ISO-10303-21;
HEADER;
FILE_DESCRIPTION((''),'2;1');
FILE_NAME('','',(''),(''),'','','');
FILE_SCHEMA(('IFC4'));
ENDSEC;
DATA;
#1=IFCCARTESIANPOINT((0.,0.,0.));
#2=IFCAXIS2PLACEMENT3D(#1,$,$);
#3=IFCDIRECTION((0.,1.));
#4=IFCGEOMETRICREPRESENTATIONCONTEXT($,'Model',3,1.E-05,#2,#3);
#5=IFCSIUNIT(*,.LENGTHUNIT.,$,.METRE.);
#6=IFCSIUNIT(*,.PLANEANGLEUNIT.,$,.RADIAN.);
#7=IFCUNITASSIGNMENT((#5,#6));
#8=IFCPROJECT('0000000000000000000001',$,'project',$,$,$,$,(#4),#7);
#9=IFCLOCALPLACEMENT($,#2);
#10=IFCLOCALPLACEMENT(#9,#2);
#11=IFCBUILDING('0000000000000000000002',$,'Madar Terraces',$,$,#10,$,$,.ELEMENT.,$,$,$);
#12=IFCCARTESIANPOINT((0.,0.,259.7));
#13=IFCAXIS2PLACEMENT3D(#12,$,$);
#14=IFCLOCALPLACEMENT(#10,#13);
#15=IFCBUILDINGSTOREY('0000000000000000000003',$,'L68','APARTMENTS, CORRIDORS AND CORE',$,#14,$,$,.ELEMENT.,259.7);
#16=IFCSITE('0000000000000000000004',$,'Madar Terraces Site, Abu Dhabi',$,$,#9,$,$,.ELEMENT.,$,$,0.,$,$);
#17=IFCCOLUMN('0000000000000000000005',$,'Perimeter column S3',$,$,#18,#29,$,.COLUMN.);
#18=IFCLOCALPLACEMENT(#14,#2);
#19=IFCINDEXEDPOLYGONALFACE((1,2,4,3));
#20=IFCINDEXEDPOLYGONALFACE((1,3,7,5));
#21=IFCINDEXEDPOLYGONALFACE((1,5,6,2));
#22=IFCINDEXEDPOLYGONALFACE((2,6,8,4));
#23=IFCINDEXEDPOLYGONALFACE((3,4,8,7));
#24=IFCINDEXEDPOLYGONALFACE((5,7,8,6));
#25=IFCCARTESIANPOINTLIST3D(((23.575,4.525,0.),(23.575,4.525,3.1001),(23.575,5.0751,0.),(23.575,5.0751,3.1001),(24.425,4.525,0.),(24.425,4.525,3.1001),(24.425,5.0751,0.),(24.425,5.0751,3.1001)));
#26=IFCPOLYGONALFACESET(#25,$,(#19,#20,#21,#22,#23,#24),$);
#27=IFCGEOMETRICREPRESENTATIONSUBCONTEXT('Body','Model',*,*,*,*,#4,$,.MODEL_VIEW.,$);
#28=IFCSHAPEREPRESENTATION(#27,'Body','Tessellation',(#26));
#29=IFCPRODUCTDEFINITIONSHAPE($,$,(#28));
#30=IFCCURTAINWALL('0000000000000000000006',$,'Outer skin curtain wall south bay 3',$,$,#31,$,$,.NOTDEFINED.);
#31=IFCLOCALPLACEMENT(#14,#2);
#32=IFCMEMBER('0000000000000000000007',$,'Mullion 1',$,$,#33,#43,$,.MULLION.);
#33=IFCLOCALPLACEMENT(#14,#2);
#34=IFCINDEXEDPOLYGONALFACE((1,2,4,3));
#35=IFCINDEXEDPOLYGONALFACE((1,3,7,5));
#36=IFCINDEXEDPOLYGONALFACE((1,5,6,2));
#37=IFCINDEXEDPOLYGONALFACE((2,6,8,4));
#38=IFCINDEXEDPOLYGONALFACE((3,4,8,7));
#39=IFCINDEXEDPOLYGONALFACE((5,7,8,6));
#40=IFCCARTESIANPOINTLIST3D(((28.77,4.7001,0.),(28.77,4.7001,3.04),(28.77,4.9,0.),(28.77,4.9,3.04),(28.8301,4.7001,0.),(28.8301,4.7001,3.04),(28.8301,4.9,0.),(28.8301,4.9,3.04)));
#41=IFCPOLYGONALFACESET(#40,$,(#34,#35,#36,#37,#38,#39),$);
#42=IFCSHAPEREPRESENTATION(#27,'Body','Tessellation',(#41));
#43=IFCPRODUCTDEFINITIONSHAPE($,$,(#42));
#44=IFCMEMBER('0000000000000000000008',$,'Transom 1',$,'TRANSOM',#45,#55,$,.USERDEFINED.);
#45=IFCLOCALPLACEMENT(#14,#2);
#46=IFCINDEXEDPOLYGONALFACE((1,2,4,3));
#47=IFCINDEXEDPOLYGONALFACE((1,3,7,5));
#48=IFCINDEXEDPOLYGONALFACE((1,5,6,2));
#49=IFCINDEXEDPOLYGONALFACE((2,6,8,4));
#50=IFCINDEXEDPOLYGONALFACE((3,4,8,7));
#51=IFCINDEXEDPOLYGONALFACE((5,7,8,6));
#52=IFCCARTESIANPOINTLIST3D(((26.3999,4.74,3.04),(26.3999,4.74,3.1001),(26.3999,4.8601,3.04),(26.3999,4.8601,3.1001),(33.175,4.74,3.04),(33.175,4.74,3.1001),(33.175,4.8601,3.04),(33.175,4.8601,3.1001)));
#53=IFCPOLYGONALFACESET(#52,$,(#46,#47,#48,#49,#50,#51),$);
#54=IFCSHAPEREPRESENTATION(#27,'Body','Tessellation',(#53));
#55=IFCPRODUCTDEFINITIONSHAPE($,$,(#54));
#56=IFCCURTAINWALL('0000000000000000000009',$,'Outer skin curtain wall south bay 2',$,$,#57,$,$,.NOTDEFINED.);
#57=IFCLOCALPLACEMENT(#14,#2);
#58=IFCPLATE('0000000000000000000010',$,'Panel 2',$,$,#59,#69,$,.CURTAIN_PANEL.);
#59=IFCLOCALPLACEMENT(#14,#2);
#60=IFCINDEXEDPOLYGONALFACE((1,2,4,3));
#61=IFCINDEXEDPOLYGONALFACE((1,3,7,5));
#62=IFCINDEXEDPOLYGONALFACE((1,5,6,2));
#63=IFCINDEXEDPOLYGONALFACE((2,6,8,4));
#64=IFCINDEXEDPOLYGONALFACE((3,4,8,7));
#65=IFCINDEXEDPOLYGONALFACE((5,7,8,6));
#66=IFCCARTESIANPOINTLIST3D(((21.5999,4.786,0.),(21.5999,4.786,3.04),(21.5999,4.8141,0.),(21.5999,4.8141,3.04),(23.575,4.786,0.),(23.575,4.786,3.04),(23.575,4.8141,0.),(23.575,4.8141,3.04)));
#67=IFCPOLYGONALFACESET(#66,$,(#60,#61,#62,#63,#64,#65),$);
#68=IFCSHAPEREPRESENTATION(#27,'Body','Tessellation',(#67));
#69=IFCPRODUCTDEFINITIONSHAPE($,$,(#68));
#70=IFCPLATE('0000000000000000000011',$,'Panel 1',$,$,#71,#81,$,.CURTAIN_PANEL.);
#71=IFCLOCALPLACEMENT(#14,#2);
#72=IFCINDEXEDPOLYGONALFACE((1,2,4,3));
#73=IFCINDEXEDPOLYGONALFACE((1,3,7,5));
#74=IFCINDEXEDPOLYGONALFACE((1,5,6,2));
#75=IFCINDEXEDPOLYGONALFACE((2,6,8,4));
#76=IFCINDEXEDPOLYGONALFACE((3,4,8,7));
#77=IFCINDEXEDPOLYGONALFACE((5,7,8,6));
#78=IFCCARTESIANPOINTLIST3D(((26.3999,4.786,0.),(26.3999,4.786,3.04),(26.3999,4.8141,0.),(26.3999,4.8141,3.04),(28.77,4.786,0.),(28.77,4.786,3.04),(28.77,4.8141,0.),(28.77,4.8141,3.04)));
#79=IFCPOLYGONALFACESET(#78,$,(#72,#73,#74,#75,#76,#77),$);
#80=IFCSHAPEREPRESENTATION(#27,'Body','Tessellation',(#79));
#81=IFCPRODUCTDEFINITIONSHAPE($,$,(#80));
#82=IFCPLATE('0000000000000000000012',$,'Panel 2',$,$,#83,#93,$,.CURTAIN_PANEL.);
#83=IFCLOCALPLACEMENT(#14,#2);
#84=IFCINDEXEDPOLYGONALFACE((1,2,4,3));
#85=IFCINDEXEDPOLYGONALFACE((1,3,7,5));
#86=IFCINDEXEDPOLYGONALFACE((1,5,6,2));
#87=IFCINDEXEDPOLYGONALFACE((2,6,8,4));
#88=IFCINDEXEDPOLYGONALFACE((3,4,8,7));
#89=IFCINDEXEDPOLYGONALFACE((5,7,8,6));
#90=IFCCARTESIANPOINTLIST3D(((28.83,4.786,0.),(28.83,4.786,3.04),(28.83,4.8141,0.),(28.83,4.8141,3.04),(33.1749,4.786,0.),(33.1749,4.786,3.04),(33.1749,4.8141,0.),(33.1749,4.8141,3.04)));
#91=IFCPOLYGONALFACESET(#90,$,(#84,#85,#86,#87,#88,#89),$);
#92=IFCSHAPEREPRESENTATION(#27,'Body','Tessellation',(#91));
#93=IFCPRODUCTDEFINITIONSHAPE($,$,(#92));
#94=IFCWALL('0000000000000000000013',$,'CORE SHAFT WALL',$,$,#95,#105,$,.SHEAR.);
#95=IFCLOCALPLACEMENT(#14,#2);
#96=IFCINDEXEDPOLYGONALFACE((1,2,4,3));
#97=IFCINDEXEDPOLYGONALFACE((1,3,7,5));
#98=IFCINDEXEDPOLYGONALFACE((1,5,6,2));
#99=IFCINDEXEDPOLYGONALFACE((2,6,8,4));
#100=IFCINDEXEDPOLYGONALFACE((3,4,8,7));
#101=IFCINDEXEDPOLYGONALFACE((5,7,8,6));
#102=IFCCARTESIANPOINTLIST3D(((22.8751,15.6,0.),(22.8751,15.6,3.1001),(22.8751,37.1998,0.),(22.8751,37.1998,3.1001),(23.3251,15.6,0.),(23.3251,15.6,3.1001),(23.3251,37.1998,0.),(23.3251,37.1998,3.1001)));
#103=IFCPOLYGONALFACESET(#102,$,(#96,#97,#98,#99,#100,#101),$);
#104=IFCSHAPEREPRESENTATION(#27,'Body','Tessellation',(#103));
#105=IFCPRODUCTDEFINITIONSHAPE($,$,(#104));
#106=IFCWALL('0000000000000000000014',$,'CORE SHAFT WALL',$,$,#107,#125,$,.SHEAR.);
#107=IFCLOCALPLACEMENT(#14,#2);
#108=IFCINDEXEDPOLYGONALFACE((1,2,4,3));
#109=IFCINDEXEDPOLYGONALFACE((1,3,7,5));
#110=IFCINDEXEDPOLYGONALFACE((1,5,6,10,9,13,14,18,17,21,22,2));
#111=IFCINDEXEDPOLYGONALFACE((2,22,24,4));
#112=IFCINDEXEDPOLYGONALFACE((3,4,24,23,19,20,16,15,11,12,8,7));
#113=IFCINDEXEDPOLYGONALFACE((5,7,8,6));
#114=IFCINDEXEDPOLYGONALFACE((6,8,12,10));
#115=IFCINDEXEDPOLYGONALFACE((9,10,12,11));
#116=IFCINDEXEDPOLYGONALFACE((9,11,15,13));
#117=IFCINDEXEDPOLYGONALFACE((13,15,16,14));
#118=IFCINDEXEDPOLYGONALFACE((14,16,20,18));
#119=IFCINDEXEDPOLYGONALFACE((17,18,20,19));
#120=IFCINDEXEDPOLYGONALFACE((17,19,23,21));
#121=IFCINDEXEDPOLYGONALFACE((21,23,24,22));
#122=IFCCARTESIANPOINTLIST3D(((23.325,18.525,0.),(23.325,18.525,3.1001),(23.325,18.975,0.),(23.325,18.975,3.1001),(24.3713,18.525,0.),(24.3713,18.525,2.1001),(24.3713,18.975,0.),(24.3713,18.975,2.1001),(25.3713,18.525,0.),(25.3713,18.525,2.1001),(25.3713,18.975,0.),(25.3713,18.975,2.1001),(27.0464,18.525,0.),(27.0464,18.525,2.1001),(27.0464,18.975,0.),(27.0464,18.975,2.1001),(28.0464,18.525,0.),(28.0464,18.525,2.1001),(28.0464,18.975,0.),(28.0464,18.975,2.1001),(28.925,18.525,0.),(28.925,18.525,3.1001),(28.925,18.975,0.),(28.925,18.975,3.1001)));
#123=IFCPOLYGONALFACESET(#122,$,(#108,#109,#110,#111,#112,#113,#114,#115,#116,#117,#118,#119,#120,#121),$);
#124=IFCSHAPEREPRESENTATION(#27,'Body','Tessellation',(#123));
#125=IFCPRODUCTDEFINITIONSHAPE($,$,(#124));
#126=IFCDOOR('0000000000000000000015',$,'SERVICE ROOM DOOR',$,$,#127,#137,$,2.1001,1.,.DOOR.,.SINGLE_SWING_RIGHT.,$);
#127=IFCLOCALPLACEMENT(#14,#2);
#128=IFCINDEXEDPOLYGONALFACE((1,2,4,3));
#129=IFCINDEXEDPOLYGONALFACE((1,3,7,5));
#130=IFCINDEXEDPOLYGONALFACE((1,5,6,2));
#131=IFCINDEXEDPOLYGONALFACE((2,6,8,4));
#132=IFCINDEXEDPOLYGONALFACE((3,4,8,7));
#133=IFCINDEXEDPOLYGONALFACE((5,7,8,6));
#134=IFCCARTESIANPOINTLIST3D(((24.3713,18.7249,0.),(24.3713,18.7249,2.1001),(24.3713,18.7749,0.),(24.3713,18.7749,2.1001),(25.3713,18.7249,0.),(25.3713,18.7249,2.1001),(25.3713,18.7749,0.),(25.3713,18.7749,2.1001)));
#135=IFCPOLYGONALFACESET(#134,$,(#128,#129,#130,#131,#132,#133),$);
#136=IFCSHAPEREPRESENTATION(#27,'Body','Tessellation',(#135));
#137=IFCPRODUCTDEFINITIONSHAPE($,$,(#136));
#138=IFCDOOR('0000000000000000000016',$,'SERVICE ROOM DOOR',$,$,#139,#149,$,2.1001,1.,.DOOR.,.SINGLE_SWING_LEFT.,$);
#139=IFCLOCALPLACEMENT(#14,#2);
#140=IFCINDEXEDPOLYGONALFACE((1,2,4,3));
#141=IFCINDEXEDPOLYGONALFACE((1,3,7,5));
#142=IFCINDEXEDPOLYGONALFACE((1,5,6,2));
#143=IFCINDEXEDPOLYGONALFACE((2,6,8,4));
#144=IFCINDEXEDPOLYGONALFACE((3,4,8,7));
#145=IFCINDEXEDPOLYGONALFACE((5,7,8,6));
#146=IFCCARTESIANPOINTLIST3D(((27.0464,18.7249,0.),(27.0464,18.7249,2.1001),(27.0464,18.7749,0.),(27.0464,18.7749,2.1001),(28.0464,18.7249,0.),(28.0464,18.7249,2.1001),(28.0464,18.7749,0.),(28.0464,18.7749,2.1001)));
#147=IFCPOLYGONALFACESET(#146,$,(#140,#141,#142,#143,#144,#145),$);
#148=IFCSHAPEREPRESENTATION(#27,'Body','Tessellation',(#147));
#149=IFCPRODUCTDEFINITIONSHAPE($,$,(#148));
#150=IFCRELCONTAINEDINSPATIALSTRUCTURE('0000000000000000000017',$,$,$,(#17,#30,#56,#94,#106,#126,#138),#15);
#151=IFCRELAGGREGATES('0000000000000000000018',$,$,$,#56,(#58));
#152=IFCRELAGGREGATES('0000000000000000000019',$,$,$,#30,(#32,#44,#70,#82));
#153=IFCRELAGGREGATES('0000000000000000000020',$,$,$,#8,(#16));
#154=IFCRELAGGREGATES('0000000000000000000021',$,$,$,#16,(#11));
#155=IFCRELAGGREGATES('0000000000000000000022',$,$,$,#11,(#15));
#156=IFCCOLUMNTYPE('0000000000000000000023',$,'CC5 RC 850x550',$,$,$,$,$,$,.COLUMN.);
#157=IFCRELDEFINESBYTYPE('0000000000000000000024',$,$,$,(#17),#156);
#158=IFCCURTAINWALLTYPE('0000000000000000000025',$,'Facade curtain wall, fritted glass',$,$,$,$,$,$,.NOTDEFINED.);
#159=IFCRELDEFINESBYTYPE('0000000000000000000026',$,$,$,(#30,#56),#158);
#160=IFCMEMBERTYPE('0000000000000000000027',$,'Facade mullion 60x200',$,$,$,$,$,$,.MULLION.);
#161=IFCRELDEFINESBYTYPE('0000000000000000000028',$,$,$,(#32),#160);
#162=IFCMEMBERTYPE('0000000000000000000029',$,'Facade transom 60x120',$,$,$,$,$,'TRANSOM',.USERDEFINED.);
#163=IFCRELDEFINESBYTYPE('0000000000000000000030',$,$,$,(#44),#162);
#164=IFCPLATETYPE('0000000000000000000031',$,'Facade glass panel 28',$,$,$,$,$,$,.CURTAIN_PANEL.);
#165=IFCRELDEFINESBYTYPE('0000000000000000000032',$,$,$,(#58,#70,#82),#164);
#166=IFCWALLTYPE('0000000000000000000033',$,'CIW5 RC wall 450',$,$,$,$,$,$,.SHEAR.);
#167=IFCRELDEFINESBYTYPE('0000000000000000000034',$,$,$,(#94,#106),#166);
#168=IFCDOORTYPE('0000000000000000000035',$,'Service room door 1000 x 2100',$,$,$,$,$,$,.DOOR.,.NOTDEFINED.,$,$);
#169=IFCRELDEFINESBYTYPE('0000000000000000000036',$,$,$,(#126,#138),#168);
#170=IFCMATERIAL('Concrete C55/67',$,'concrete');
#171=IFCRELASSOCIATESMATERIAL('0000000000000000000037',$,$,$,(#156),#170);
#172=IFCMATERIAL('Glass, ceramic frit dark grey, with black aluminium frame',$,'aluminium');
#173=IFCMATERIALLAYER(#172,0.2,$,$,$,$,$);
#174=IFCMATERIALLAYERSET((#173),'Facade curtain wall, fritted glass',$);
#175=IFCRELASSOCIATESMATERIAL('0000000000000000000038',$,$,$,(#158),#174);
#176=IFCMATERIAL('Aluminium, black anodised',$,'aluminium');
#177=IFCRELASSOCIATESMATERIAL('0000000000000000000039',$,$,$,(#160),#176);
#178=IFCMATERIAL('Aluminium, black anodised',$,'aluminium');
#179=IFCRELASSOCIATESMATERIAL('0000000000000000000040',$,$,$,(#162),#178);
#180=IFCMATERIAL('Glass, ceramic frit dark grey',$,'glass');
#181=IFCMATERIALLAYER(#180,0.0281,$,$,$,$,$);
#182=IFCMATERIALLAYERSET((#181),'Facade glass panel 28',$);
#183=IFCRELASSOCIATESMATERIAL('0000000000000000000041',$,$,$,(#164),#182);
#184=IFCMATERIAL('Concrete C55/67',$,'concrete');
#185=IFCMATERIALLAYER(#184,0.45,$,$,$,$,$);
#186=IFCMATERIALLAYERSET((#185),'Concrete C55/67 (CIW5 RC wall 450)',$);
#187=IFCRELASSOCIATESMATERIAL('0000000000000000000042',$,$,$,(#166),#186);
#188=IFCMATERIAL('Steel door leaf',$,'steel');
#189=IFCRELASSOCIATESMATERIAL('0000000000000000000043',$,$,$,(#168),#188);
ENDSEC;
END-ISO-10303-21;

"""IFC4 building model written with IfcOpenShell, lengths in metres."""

from ifc_helpers import new_model, si_unit, direction, frame, frame_2d, origin, origin_2d, place, context, subcontext, project, spatial, rectangle, extrude, material, layer, layer_set, material_profile, profile_set, type_object, element, fill, aggregate, save


model = new_model("IFC4")

# Units and contexts
model_context = context("Model", 3, precision=1e-05, world=origin(), true_north=direction((0.0, 1.0)))
body_context = subcontext(model_context, "Body", "Model", "MODEL_VIEW")
ifc_project = project(units=[si_unit("LENGTHUNIT", "METRE"), si_unit("PLANEANGLEUNIT", "RADIAN")], contexts=[model_context])

# Site, building, storey
site_placement = place(None, origin())
site = spatial("IfcSite", under=ifc_project, at=site_placement, Name="Madar Terraces Site, Abu Dhabi", CompositionType="ELEMENT", RefElevation=0.0)
building_placement = place(site_placement, origin())
building = spatial("IfcBuilding", under=site, at=building_placement, Name="Madar Terraces", CompositionType="ELEMENT")
storey_placement = place(building_placement, frame((0.0, 0.0, 259.7)))
storey = spatial("IfcBuildingStorey", under=building, at=storey_placement, Name="L68", Description="APARTMENTS, CORRIDORS AND CORE", CompositionType="ELEMENT", Elevation=259.7)

# Column
ifc_material_1 = material(Name="Concrete C55/67", Category="concrete")
ifc_material_profile_1 = material_profile(ifc_material_1, rectangle(XDim=0.8501, YDim=0.55, at=origin_2d()), Name="CC5 RC 850x550")
ifc_profile_set_1 = profile_set([ifc_material_profile_1], Name="Concrete C55/67")
column_type = type_object("IfcColumnType", Name="CC5 RC 850x550", PredefinedType="COLUMN", material=ifc_profile_set_1)
column_placement = place(storey_placement, frame((24.0, 4.8, 0.0), z_axis=(0.0, 0.0, 1.0), x_axis=(1.0, 0.0, 0.0)))
element("IfcColumn", 1, at=column_placement, inside=storey, type_object=column_type, Name="Perimeter column S3", PredefinedType="COLUMN", context=body_context, shape_type="SweptSolid", body=[
    extrude(rectangle(XDim=0.8501, YDim=0.55, at=origin_2d()), origin(), (0.0, 0.0, 1.0), 3.1001),
])

# Curtain wall, members
ifc_material_2 = material(Name="Glass, ceramic frit dark grey, with black aluminium frame", Category="aluminium")
ifc_layer_1 = layer(ifc_material_2, 0.2)
ifc_layer_set_1 = layer_set([ifc_layer_1], Name="Facade curtain wall, fritted glass")
curtain_wall_type = type_object("IfcCurtainWallType", Name="Facade curtain wall, fritted glass", PredefinedType="NOTDEFINED", material=ifc_layer_set_1)
curtain_wall_1_placement = place(storey_placement, origin())
curtain_wall_1 = element("IfcCurtainWall", 2, at=curtain_wall_1_placement, inside=storey, type_object=curtain_wall_type, Name="Outer skin curtain wall south bay 3", PredefinedType="NOTDEFINED")
ifc_material_3 = material(Name="Aluminium, black anodised", Category="aluminium")
ifc_material_profile_2 = material_profile(ifc_material_3, rectangle(XDim=0.2, YDim=0.0601, at=origin_2d()), Name="Facade mullion 60x200")
ifc_profile_set_2 = profile_set([ifc_material_profile_2], Name="Aluminium, black anodised")
member_type_1 = type_object("IfcMemberType", Name="Facade mullion 60x200", PredefinedType="MULLION", material=ifc_profile_set_2)
member_1_placement = place(storey_placement, frame((28.8, 4.8, 0.0), z_axis=(0.0, 0.0, 1.0), x_axis=(0.0, 1.0, 0.0)))
member_1 = element("IfcMember", 3, at=member_1_placement, type_object=member_type_1, Name="Mullion 1", PredefinedType="MULLION", context=body_context, shape_type="SweptSolid", body=[
    extrude(rectangle(XDim=0.2, YDim=0.0601, at=origin_2d()), origin(), (0.0, 0.0, 1.0), 3.04),
])
ifc_material_4 = material(Name="Aluminium, black anodised", Category="aluminium")
ifc_material_profile_3 = material_profile(ifc_material_4, rectangle(XDim=0.1201, YDim=0.0601, at=origin_2d()), Name="Facade transom 60x120")
ifc_profile_set_3 = profile_set([ifc_material_profile_3], Name="Aluminium, black anodised")
member_type_2 = type_object("IfcMemberType", Name="Facade transom 60x120", ElementType="TRANSOM", PredefinedType="USERDEFINED", material=ifc_profile_set_3)
member_2_placement = place(storey_placement, frame((26.3999, 4.8, 3.0701), z_axis=(1.0, 0.0, 0.0), x_axis=(0.0, 1.0, 0.0)))
member_2 = element("IfcMember", 4, at=member_2_placement, type_object=member_type_2, Name="Transom 1", ObjectType="TRANSOM", PredefinedType="USERDEFINED", context=body_context, shape_type="SweptSolid", body=[
    extrude(rectangle(XDim=0.1201, YDim=0.0601, at=origin_2d()), origin(), (0.0, 0.0, 1.0), 6.7751),
])

# Curtain wall, plate
curtain_wall_2_placement = place(storey_placement, origin())
curtain_wall_2 = element("IfcCurtainWall", 5, at=curtain_wall_2_placement, inside=storey, type_object=curtain_wall_type, Name="Outer skin curtain wall south bay 2", PredefinedType="NOTDEFINED")
ifc_material_5 = material(Name="Glass, ceramic frit dark grey", Category="glass")
ifc_layer_2 = layer(ifc_material_5, 0.0281)
ifc_layer_set_2 = layer_set([ifc_layer_2], Name="Facade glass panel 28")
plate_type = type_object("IfcPlateType", Name="Facade glass panel 28", PredefinedType="CURTAIN_PANEL", material=ifc_layer_set_2)
plate_1_placement = place(storey_placement, frame((22.5874, 4.8, 0.0), z_axis=(0.0, 0.0, 1.0), x_axis=(1.0, 0.0, 0.0)))
plate_1 = element("IfcPlate", 6, at=plate_1_placement, type_object=plate_type, Name="Panel 2", PredefinedType="CURTAIN_PANEL", context=body_context, shape_type="SweptSolid", body=[
    extrude(rectangle(XDim=1.9751, YDim=0.0281, at=origin_2d()), origin(), (0.0, 0.0, 1.0), 3.04),
])
aggregate(curtain_wall_2, [plate_1])

# Plates
plate_2_placement = place(storey_placement, frame((27.585, 4.8, 0.0), z_axis=(0.0, 0.0, 1.0), x_axis=(1.0, 0.0, 0.0)))
plate_2 = element("IfcPlate", 7, at=plate_2_placement, type_object=plate_type, Name="Panel 1", PredefinedType="CURTAIN_PANEL", context=body_context, shape_type="SweptSolid", body=[
    extrude(rectangle(XDim=2.3701, YDim=0.0281, at=origin_2d()), origin(), (0.0, 0.0, 1.0), 3.04),
])
plate_3_placement = place(storey_placement, frame((31.0024, 4.8, 0.0), z_axis=(0.0, 0.0, 1.0), x_axis=(1.0, 0.0, 0.0)))
plate_3 = element("IfcPlate", 8, at=plate_3_placement, type_object=plate_type, Name="Panel 2", PredefinedType="CURTAIN_PANEL", context=body_context, shape_type="SweptSolid", body=[
    extrude(rectangle(XDim=4.345, YDim=0.0281, at=origin_2d()), origin(), (0.0, 0.0, 1.0), 3.04),
])
aggregate(curtain_wall_1, [member_1, member_2, plate_2, plate_3])

# Wall
ifc_material_6 = material(Name="Concrete C55/67", Category="concrete")
ifc_layer_3 = layer(ifc_material_6, 0.45)
ifc_layer_set_3 = layer_set([ifc_layer_3], Name="Concrete C55/67 (CIW5 RC wall 450)")
wall_type_1 = type_object("IfcWallType", Name="CIW5 RC wall 450", PredefinedType="SHEAR", material=ifc_layer_set_3)
wall_1_placement = place(storey_placement, frame((23.1001, 15.6001, 0.0), z_axis=(0.0, 0.0, 1.0), x_axis=(0.0, 1.0, 0.0)))
element("IfcWall", 9, at=wall_1_placement, inside=storey, type_object=wall_type_1, Name="CORE SHAFT WALL", PredefinedType="SHEAR", context=body_context, shape_type="SweptSolid", body=[
    extrude(rectangle(XDim=21.5999, YDim=0.45, at=frame_2d((10.7998, 0.0))), origin(), (0.0, 0.0, 1.0), 3.1001),
])

# Wall, openings, doors
wall_2_placement = place(storey_placement, frame((23.325, 18.75, 0.0), z_axis=(0.0, 0.0, 1.0), x_axis=(1.0, 0.0, 0.0)))
wall_2 = element("IfcWall", 10, at=wall_2_placement, inside=storey, type_object=wall_type_1, Name="CORE SHAFT WALL", PredefinedType="SHEAR", context=body_context, shape_type="SweptSolid", body=[
    extrude(rectangle(XDim=5.6001, YDim=0.45, at=frame_2d((2.8, 0.0))), origin(), (0.0, 0.0, 1.0), 3.1001),
])
opening_1_placement = place(wall_2_placement, frame((1.0464, 0.0, 0.0)))
opening_1 = element("IfcOpeningElement", 11, at=opening_1_placement, cuts=wall_2, PredefinedType="OPENING", context=body_context, shape_type="SweptSolid", body=[
    extrude(rectangle(XDim=1.0, YDim=2.1001, at=frame_2d((0.5, 1.05))), frame((0.0, 0.2349, 0.0), z_axis=(0.0, -1.0, 0.0), x_axis=(1.0, 0.0, 0.0)), (0.0, 0.0, 1.0), 0.47),
])
opening_2_placement = place(wall_2_placement, frame((3.7214, 0.0, 0.0)))
opening_2 = element("IfcOpeningElement", 12, at=opening_2_placement, cuts=wall_2, PredefinedType="OPENING", context=body_context, shape_type="SweptSolid", body=[
    extrude(rectangle(XDim=1.0, YDim=2.1001, at=frame_2d((0.5, 1.05))), frame((0.0, 0.2349, 0.0), z_axis=(0.0, -1.0, 0.0), x_axis=(1.0, 0.0, 0.0)), (0.0, 0.0, 1.0), 0.47),
])
ifc_material_7 = material(Name="Steel door leaf", Category="steel")
door_type = type_object("IfcDoorType", Name="Service room door 1000 x 2100", OperationType="NOTDEFINED", PredefinedType="DOOR", material=ifc_material_7)
door_1_placement = place(opening_1_placement, origin())
door_1 = element("IfcDoor", 13, at=door_1_placement, inside=storey, type_object=door_type, Name="SERVICE ROOM DOOR", OperationType="SINGLE_SWING_RIGHT", OverallHeight=2.1001, OverallWidth=1.0, PredefinedType="DOOR", context=body_context, shape_type="SweptSolid", body=[
    extrude(rectangle(XDim=1.0, YDim=2.1001, at=frame_2d((0.5, 1.05))), frame((0.0, 0.0249, 0.0), z_axis=(0.0, -1.0, 0.0), x_axis=(1.0, 0.0, 0.0)), (0.0, 0.0, 1.0), 0.05),
])
fill(opening_1, door_1)
door_2_placement = place(opening_2_placement, origin())
door_2 = element("IfcDoor", 14, at=door_2_placement, inside=storey, type_object=door_type, Name="SERVICE ROOM DOOR", OperationType="SINGLE_SWING_LEFT", OverallHeight=2.1001, OverallWidth=1.0, PredefinedType="DOOR", context=body_context, shape_type="SweptSolid", body=[
    extrude(rectangle(XDim=1.0, YDim=2.1001, at=frame_2d((0.5, 1.05))), frame((0.0, 0.0249, 0.0), z_axis=(0.0, -1.0, 0.0), x_axis=(1.0, 0.0, 0.0)), (0.0, 0.0, 1.0), 0.05),
])
fill(opening_2, door_2)

save(model, "model.ifc")
